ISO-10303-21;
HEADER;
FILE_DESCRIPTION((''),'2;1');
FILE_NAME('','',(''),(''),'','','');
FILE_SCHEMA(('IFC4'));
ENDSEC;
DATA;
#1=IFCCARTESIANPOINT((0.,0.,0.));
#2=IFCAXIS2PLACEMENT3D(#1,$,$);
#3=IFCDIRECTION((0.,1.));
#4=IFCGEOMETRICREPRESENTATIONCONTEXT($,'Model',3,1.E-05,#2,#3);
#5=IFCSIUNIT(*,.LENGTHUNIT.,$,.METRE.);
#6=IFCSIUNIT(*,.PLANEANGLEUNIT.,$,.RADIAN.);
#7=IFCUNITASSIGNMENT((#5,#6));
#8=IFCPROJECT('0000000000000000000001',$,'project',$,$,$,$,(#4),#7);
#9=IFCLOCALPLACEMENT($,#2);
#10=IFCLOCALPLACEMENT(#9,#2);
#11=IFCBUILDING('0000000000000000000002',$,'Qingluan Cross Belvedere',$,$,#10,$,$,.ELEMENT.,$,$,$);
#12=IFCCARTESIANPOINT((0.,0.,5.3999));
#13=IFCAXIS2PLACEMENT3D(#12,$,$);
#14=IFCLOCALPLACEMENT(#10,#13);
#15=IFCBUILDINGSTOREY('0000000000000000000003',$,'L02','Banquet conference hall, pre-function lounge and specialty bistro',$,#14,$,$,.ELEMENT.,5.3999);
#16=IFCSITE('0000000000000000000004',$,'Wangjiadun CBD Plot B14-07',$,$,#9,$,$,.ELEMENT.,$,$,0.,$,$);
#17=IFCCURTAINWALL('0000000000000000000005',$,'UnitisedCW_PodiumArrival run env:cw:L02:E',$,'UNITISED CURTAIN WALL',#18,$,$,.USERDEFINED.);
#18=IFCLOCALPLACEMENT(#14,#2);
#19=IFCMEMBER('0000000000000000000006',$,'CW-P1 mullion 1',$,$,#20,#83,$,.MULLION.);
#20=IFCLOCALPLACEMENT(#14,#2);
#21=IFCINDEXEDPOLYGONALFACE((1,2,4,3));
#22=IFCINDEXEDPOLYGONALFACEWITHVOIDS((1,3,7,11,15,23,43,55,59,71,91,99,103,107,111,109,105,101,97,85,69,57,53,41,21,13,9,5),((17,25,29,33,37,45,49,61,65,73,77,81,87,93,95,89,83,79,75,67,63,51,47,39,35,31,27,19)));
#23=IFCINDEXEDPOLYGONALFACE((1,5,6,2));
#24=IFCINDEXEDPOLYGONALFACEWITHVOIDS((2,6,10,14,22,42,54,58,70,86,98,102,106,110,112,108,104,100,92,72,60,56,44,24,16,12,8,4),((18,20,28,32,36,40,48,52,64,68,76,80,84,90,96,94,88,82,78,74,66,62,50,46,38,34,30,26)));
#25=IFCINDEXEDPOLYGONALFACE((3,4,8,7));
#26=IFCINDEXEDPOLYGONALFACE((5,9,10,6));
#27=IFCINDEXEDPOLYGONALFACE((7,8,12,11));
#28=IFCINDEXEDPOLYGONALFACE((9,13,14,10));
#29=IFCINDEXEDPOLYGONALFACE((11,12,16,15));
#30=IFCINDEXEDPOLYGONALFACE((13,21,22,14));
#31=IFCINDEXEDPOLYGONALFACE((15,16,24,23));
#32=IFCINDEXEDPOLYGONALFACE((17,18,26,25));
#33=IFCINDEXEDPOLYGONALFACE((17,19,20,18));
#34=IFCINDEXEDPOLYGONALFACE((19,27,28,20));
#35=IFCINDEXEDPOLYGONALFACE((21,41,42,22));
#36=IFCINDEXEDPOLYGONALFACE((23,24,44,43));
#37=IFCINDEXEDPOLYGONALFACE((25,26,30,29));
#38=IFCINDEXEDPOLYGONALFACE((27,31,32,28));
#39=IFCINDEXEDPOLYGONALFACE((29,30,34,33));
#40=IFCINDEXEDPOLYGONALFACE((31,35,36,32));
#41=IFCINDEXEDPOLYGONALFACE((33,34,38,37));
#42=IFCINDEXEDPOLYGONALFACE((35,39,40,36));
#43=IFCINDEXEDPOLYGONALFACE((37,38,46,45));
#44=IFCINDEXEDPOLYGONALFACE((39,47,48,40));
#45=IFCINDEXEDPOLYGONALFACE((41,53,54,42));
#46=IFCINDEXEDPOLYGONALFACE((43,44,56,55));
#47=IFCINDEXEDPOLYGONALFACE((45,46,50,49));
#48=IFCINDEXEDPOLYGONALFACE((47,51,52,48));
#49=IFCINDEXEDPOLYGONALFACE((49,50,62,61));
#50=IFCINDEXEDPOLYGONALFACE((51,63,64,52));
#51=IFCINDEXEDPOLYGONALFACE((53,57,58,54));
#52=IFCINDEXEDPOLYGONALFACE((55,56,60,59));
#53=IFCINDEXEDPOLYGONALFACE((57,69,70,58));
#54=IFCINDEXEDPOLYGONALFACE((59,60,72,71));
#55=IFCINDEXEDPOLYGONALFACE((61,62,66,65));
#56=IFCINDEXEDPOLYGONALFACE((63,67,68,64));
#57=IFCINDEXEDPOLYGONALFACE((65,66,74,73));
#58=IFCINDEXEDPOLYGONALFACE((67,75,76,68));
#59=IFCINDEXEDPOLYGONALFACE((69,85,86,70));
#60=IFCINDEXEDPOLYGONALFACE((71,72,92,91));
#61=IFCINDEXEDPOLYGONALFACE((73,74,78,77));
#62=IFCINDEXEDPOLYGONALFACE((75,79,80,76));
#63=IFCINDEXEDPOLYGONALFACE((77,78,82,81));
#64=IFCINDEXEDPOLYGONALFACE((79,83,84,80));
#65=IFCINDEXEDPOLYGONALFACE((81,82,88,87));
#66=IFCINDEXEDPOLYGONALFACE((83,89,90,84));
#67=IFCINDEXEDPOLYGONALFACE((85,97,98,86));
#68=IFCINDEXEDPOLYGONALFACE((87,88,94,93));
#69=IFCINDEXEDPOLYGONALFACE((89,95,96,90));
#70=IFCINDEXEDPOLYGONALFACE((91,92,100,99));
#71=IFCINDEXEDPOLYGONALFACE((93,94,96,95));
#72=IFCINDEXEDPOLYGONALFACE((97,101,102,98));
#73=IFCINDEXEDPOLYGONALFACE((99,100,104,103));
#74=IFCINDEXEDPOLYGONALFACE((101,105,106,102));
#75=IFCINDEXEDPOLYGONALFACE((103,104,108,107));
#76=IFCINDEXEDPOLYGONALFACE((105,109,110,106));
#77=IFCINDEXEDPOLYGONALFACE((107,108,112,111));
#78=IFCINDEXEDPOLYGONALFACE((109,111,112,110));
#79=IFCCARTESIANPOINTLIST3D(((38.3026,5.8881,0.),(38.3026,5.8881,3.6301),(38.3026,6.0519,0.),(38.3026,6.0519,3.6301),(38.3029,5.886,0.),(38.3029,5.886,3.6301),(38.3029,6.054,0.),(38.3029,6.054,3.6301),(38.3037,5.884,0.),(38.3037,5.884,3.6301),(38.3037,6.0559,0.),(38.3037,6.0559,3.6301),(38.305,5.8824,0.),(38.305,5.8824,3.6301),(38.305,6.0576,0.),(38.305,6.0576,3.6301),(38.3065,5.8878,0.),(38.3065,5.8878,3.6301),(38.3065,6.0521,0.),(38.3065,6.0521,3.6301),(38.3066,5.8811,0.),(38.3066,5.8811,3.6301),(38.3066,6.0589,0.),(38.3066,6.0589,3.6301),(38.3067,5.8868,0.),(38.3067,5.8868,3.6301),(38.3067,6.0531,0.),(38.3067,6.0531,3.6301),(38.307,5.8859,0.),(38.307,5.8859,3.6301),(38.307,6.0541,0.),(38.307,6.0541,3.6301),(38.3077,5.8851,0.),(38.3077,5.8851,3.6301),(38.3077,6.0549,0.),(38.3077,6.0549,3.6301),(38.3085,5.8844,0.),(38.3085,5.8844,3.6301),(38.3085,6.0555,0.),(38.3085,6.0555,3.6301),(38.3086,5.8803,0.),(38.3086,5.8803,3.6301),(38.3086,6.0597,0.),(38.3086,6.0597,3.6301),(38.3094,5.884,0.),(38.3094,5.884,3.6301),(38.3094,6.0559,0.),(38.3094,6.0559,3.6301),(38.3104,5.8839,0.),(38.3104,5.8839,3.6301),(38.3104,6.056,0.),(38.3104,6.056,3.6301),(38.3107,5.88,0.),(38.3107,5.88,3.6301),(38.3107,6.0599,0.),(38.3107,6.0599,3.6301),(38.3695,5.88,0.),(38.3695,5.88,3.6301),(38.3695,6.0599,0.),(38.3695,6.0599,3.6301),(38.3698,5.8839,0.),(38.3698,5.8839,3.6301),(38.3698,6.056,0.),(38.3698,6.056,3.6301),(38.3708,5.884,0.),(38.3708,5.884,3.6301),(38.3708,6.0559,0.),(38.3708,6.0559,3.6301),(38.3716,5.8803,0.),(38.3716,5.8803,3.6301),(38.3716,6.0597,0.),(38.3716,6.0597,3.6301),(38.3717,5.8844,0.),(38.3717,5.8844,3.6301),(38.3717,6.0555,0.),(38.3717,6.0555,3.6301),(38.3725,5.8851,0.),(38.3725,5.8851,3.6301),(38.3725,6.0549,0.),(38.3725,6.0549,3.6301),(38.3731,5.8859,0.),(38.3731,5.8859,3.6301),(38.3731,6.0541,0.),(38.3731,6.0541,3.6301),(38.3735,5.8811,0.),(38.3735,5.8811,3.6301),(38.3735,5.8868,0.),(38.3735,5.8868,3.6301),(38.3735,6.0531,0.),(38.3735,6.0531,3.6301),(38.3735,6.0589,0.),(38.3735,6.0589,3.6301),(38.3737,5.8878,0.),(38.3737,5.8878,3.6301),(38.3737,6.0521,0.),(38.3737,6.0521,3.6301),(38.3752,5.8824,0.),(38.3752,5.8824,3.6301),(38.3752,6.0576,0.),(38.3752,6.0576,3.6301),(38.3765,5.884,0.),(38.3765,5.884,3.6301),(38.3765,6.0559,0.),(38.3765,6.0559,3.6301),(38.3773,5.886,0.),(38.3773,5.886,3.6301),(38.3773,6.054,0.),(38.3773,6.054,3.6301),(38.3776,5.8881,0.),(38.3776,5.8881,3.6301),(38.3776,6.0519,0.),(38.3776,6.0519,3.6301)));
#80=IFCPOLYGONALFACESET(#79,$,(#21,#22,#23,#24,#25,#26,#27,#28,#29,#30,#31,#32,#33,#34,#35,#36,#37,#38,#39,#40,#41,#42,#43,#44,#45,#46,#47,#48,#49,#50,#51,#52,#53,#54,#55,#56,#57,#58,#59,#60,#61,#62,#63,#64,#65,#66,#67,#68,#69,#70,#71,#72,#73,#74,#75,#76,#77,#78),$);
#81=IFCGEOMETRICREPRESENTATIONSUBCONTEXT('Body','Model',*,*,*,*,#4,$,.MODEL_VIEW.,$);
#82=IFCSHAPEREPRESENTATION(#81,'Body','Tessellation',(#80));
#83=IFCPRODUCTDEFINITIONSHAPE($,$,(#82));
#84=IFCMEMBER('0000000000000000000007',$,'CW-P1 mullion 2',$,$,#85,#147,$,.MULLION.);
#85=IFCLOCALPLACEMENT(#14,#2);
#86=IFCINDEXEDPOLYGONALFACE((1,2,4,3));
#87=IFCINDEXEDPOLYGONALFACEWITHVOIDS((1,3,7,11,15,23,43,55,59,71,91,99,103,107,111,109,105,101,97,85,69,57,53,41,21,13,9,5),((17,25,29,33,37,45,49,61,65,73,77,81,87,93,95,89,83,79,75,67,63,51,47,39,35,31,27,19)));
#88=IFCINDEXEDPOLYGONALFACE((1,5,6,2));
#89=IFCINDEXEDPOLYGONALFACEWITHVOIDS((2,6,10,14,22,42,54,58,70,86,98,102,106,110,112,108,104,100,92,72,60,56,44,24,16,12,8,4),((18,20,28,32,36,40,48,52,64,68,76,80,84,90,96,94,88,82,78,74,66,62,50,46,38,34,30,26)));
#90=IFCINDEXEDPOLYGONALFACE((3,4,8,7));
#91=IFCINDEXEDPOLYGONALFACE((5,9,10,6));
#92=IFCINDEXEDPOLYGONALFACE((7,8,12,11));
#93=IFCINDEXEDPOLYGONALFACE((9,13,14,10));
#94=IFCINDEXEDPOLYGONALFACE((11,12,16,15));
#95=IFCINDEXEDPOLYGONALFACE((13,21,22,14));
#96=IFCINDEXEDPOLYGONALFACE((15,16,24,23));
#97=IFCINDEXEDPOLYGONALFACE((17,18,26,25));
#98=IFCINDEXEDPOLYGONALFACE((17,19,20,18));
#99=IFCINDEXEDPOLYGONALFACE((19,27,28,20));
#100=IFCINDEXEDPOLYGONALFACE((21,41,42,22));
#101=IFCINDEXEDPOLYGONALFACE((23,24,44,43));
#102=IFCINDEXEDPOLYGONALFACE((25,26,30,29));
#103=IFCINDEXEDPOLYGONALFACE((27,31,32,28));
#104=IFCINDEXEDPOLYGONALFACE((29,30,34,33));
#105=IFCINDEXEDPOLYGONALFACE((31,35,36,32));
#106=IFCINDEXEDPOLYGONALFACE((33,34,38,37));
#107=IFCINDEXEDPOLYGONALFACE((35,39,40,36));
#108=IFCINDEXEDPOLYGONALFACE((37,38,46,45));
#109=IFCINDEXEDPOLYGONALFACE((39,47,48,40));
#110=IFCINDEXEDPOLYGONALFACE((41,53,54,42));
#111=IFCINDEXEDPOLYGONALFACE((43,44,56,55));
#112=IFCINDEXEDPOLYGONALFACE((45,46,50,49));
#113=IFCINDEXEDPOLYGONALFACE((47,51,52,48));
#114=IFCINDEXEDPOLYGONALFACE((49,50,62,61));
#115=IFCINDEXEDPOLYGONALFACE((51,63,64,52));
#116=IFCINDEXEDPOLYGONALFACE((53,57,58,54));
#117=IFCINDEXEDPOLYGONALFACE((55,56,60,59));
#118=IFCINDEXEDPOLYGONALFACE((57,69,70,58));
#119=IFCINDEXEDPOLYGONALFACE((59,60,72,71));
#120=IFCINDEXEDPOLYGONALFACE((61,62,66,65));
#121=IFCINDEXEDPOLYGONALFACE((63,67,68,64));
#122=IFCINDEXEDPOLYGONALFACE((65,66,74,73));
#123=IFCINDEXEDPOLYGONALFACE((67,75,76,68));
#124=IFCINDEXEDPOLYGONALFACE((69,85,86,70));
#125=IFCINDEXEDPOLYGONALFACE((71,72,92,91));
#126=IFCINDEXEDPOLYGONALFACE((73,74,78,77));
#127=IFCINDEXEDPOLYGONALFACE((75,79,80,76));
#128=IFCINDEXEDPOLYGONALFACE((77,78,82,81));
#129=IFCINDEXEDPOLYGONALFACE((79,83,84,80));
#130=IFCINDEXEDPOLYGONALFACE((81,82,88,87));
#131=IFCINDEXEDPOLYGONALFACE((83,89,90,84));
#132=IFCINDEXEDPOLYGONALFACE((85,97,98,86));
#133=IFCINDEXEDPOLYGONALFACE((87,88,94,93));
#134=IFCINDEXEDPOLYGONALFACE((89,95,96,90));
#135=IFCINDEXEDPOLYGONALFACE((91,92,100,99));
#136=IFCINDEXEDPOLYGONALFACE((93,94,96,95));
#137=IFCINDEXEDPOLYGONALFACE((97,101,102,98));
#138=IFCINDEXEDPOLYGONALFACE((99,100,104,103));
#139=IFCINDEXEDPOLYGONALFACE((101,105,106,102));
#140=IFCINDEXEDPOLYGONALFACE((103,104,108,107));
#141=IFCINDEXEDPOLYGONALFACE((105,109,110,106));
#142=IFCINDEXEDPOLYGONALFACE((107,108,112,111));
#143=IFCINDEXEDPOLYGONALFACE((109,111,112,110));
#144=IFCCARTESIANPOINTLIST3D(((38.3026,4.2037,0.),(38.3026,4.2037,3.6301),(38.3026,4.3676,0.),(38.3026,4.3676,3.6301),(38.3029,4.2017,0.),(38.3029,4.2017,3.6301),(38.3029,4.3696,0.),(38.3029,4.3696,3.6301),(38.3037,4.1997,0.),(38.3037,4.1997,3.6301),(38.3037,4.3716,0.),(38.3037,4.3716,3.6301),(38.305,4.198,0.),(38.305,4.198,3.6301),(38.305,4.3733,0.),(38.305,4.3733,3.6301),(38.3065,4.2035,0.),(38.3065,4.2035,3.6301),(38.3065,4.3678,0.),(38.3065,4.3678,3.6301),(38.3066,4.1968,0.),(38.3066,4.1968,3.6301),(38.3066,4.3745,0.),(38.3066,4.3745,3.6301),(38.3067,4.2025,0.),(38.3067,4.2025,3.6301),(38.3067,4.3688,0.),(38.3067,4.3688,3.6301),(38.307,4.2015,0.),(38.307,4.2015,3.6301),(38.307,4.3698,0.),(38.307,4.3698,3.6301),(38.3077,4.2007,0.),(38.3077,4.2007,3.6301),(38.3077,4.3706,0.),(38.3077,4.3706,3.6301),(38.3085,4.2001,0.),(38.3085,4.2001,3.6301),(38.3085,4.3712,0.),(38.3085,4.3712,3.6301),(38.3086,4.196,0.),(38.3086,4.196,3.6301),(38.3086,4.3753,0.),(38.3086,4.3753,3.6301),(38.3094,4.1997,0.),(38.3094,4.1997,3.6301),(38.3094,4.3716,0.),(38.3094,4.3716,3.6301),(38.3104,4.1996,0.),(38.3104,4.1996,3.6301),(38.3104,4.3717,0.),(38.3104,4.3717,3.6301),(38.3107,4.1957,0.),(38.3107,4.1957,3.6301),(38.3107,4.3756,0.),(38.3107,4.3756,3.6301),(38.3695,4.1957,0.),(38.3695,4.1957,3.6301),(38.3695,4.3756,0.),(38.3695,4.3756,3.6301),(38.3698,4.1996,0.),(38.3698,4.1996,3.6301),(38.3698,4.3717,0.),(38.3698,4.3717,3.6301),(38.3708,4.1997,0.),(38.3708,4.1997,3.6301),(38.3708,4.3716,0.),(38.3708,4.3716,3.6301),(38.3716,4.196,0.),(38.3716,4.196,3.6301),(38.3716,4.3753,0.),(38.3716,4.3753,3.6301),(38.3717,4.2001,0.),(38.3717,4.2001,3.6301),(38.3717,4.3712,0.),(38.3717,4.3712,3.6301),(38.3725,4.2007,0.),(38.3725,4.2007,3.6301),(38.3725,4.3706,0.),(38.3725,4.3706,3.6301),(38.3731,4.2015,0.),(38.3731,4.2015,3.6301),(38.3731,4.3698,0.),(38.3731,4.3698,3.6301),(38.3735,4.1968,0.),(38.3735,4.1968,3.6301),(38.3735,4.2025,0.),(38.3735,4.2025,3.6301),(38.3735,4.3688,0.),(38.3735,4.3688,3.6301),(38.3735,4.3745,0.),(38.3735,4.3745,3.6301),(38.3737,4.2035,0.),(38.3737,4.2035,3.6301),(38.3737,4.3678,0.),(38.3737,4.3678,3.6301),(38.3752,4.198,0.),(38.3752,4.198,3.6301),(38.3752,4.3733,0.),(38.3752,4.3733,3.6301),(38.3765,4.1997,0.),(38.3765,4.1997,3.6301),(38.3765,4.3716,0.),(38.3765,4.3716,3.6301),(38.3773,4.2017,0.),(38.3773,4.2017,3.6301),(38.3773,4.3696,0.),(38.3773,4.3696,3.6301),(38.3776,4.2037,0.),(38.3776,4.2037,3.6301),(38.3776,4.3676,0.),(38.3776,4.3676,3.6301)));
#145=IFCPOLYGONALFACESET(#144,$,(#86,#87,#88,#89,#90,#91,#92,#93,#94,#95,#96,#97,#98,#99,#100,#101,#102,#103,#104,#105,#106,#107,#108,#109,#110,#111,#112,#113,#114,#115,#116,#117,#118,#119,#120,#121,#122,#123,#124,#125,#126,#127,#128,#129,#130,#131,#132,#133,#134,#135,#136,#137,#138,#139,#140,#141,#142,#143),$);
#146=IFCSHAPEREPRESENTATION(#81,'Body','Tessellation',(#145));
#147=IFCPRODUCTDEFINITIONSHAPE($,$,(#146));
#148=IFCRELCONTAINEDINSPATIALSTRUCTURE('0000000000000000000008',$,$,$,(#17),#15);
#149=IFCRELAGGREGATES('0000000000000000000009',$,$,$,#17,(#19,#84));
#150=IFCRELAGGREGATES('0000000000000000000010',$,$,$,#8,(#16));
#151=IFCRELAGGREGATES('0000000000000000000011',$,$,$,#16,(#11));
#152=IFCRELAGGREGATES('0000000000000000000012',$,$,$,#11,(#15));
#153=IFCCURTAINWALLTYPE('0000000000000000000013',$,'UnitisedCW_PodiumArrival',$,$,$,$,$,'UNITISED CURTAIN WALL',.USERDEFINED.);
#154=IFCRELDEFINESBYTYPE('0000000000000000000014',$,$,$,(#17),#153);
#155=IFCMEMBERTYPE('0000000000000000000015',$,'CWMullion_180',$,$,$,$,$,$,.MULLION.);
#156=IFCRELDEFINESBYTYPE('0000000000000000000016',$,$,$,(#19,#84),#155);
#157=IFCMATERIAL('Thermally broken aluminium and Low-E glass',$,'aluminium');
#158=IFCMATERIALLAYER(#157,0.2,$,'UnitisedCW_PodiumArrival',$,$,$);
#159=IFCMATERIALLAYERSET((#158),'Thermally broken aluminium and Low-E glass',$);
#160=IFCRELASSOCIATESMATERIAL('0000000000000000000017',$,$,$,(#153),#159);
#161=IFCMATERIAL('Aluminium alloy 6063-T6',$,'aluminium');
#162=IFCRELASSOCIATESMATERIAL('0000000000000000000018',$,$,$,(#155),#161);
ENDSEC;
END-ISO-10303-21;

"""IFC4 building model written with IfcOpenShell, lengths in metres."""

from ifc_helpers import new_model, si_unit, direction, frame, origin, origin_2d, place, context, subcontext, project, spatial, hollow_rectangle, extrude, material, layer, layer_set, material_profile, profile_set, type_object, element, aggregate, save


model = new_model("IFC4")

# Units and contexts
model_context = context("Model", 3, precision=1e-05, world=origin(), true_north=direction((0.0, 1.0)))
body_context = subcontext(model_context, "Body", "Model", "MODEL_VIEW")
ifc_project = project(units=[si_unit("LENGTHUNIT", "METRE"), si_unit("PLANEANGLEUNIT", "RADIAN")], contexts=[model_context])

# Site, building, storey
site_placement = place(None, origin())
site = spatial("IfcSite", under=ifc_project, at=site_placement, Name="Wangjiadun CBD Plot B14-07", CompositionType="ELEMENT", RefElevation=0.0)
building_placement = place(site_placement, origin())
building = spatial("IfcBuilding", under=site, at=building_placement, Name="Qingluan Cross Belvedere", CompositionType="ELEMENT")
storey_placement = place(building_placement, frame((0.0, 0.0, 5.3999)))
storey = spatial("IfcBuildingStorey", under=building, at=storey_placement, Name="L02", Description="Banquet conference hall, pre-function lounge and specialty bistro", CompositionType="ELEMENT", Elevation=5.3999)

# Curtain wall, members
ifc_material_1 = material(Name="Thermally broken aluminium and Low-E glass", Category="aluminium")
ifc_layer_1 = layer(ifc_material_1, 0.2, Name="UnitisedCW_PodiumArrival")
ifc_layer_set_1 = layer_set([ifc_layer_1], Name="Thermally broken aluminium and Low-E glass")
curtain_wall_type = type_object("IfcCurtainWallType", Name="UnitisedCW_PodiumArrival", ElementType="UNITISED CURTAIN WALL", PredefinedType="USERDEFINED", material=ifc_layer_set_1)
curtain_wall_placement = place(storey_placement, origin())
curtain_wall = element("IfcCurtainWall", 1, at=curtain_wall_placement, inside=storey, type_object=curtain_wall_type, Name="UnitisedCW_PodiumArrival run env:cw:L02:E", ObjectType="UNITISED CURTAIN WALL", PredefinedType="USERDEFINED")
ifc_material_2 = material(Name="Aluminium alloy 6063-T6", Category="aluminium")
ifc_material_profile_1 = material_profile(ifc_material_2, hollow_rectangle(XDim=0.075, YDim=0.1799, WallThickness=0.0039, InnerFilletRadius=0.0039, OuterFilletRadius=0.0081, at=origin_2d()), Name="CWM180x75x4")
ifc_profile_set_1 = profile_set([ifc_material_profile_1], Name="Aluminium alloy 6063-T6")
member_type_1 = type_object("IfcMemberType", Name="CWMullion_180", PredefinedType="MULLION", material=ifc_profile_set_1)
member_1_placement = place(storey_placement, frame((38.3401, 5.97, 0.0), z_axis=(0.0, 0.0, 1.0), x_axis=(1.0, 0.0, 0.0)))
member_1 = element("IfcMember", 2, at=member_1_placement, type_object=member_type_1, Name="CW-P1 mullion 1", PredefinedType="MULLION", context=body_context, shape_type="SweptSolid", body=[
    extrude(hollow_rectangle(XDim=0.075, YDim=0.1799, WallThickness=0.0039, InnerFilletRadius=0.0039, OuterFilletRadius=0.0081, at=origin_2d()), origin(), (0.0, 0.0, 1.0), 3.6301),
])
member_2_placement = place(storey_placement, frame((38.3401, 4.2856, 0.0), z_axis=(0.0, 0.0, 1.0), x_axis=(1.0, 0.0, 0.0)))
member_2 = element("IfcMember", 3, at=member_2_placement, type_object=member_type_1, Name="CW-P1 mullion 2", PredefinedType="MULLION", context=body_context, shape_type="SweptSolid", body=[
    extrude(hollow_rectangle(XDim=0.075, YDim=0.1799, WallThickness=0.0039, InnerFilletRadius=0.0039, OuterFilletRadius=0.0081, at=origin_2d()), origin(), (0.0, 0.0, 1.0), 3.6301),
])
aggregate(curtain_wall, [member_1, member_2])

save(model, "model.ifc")
